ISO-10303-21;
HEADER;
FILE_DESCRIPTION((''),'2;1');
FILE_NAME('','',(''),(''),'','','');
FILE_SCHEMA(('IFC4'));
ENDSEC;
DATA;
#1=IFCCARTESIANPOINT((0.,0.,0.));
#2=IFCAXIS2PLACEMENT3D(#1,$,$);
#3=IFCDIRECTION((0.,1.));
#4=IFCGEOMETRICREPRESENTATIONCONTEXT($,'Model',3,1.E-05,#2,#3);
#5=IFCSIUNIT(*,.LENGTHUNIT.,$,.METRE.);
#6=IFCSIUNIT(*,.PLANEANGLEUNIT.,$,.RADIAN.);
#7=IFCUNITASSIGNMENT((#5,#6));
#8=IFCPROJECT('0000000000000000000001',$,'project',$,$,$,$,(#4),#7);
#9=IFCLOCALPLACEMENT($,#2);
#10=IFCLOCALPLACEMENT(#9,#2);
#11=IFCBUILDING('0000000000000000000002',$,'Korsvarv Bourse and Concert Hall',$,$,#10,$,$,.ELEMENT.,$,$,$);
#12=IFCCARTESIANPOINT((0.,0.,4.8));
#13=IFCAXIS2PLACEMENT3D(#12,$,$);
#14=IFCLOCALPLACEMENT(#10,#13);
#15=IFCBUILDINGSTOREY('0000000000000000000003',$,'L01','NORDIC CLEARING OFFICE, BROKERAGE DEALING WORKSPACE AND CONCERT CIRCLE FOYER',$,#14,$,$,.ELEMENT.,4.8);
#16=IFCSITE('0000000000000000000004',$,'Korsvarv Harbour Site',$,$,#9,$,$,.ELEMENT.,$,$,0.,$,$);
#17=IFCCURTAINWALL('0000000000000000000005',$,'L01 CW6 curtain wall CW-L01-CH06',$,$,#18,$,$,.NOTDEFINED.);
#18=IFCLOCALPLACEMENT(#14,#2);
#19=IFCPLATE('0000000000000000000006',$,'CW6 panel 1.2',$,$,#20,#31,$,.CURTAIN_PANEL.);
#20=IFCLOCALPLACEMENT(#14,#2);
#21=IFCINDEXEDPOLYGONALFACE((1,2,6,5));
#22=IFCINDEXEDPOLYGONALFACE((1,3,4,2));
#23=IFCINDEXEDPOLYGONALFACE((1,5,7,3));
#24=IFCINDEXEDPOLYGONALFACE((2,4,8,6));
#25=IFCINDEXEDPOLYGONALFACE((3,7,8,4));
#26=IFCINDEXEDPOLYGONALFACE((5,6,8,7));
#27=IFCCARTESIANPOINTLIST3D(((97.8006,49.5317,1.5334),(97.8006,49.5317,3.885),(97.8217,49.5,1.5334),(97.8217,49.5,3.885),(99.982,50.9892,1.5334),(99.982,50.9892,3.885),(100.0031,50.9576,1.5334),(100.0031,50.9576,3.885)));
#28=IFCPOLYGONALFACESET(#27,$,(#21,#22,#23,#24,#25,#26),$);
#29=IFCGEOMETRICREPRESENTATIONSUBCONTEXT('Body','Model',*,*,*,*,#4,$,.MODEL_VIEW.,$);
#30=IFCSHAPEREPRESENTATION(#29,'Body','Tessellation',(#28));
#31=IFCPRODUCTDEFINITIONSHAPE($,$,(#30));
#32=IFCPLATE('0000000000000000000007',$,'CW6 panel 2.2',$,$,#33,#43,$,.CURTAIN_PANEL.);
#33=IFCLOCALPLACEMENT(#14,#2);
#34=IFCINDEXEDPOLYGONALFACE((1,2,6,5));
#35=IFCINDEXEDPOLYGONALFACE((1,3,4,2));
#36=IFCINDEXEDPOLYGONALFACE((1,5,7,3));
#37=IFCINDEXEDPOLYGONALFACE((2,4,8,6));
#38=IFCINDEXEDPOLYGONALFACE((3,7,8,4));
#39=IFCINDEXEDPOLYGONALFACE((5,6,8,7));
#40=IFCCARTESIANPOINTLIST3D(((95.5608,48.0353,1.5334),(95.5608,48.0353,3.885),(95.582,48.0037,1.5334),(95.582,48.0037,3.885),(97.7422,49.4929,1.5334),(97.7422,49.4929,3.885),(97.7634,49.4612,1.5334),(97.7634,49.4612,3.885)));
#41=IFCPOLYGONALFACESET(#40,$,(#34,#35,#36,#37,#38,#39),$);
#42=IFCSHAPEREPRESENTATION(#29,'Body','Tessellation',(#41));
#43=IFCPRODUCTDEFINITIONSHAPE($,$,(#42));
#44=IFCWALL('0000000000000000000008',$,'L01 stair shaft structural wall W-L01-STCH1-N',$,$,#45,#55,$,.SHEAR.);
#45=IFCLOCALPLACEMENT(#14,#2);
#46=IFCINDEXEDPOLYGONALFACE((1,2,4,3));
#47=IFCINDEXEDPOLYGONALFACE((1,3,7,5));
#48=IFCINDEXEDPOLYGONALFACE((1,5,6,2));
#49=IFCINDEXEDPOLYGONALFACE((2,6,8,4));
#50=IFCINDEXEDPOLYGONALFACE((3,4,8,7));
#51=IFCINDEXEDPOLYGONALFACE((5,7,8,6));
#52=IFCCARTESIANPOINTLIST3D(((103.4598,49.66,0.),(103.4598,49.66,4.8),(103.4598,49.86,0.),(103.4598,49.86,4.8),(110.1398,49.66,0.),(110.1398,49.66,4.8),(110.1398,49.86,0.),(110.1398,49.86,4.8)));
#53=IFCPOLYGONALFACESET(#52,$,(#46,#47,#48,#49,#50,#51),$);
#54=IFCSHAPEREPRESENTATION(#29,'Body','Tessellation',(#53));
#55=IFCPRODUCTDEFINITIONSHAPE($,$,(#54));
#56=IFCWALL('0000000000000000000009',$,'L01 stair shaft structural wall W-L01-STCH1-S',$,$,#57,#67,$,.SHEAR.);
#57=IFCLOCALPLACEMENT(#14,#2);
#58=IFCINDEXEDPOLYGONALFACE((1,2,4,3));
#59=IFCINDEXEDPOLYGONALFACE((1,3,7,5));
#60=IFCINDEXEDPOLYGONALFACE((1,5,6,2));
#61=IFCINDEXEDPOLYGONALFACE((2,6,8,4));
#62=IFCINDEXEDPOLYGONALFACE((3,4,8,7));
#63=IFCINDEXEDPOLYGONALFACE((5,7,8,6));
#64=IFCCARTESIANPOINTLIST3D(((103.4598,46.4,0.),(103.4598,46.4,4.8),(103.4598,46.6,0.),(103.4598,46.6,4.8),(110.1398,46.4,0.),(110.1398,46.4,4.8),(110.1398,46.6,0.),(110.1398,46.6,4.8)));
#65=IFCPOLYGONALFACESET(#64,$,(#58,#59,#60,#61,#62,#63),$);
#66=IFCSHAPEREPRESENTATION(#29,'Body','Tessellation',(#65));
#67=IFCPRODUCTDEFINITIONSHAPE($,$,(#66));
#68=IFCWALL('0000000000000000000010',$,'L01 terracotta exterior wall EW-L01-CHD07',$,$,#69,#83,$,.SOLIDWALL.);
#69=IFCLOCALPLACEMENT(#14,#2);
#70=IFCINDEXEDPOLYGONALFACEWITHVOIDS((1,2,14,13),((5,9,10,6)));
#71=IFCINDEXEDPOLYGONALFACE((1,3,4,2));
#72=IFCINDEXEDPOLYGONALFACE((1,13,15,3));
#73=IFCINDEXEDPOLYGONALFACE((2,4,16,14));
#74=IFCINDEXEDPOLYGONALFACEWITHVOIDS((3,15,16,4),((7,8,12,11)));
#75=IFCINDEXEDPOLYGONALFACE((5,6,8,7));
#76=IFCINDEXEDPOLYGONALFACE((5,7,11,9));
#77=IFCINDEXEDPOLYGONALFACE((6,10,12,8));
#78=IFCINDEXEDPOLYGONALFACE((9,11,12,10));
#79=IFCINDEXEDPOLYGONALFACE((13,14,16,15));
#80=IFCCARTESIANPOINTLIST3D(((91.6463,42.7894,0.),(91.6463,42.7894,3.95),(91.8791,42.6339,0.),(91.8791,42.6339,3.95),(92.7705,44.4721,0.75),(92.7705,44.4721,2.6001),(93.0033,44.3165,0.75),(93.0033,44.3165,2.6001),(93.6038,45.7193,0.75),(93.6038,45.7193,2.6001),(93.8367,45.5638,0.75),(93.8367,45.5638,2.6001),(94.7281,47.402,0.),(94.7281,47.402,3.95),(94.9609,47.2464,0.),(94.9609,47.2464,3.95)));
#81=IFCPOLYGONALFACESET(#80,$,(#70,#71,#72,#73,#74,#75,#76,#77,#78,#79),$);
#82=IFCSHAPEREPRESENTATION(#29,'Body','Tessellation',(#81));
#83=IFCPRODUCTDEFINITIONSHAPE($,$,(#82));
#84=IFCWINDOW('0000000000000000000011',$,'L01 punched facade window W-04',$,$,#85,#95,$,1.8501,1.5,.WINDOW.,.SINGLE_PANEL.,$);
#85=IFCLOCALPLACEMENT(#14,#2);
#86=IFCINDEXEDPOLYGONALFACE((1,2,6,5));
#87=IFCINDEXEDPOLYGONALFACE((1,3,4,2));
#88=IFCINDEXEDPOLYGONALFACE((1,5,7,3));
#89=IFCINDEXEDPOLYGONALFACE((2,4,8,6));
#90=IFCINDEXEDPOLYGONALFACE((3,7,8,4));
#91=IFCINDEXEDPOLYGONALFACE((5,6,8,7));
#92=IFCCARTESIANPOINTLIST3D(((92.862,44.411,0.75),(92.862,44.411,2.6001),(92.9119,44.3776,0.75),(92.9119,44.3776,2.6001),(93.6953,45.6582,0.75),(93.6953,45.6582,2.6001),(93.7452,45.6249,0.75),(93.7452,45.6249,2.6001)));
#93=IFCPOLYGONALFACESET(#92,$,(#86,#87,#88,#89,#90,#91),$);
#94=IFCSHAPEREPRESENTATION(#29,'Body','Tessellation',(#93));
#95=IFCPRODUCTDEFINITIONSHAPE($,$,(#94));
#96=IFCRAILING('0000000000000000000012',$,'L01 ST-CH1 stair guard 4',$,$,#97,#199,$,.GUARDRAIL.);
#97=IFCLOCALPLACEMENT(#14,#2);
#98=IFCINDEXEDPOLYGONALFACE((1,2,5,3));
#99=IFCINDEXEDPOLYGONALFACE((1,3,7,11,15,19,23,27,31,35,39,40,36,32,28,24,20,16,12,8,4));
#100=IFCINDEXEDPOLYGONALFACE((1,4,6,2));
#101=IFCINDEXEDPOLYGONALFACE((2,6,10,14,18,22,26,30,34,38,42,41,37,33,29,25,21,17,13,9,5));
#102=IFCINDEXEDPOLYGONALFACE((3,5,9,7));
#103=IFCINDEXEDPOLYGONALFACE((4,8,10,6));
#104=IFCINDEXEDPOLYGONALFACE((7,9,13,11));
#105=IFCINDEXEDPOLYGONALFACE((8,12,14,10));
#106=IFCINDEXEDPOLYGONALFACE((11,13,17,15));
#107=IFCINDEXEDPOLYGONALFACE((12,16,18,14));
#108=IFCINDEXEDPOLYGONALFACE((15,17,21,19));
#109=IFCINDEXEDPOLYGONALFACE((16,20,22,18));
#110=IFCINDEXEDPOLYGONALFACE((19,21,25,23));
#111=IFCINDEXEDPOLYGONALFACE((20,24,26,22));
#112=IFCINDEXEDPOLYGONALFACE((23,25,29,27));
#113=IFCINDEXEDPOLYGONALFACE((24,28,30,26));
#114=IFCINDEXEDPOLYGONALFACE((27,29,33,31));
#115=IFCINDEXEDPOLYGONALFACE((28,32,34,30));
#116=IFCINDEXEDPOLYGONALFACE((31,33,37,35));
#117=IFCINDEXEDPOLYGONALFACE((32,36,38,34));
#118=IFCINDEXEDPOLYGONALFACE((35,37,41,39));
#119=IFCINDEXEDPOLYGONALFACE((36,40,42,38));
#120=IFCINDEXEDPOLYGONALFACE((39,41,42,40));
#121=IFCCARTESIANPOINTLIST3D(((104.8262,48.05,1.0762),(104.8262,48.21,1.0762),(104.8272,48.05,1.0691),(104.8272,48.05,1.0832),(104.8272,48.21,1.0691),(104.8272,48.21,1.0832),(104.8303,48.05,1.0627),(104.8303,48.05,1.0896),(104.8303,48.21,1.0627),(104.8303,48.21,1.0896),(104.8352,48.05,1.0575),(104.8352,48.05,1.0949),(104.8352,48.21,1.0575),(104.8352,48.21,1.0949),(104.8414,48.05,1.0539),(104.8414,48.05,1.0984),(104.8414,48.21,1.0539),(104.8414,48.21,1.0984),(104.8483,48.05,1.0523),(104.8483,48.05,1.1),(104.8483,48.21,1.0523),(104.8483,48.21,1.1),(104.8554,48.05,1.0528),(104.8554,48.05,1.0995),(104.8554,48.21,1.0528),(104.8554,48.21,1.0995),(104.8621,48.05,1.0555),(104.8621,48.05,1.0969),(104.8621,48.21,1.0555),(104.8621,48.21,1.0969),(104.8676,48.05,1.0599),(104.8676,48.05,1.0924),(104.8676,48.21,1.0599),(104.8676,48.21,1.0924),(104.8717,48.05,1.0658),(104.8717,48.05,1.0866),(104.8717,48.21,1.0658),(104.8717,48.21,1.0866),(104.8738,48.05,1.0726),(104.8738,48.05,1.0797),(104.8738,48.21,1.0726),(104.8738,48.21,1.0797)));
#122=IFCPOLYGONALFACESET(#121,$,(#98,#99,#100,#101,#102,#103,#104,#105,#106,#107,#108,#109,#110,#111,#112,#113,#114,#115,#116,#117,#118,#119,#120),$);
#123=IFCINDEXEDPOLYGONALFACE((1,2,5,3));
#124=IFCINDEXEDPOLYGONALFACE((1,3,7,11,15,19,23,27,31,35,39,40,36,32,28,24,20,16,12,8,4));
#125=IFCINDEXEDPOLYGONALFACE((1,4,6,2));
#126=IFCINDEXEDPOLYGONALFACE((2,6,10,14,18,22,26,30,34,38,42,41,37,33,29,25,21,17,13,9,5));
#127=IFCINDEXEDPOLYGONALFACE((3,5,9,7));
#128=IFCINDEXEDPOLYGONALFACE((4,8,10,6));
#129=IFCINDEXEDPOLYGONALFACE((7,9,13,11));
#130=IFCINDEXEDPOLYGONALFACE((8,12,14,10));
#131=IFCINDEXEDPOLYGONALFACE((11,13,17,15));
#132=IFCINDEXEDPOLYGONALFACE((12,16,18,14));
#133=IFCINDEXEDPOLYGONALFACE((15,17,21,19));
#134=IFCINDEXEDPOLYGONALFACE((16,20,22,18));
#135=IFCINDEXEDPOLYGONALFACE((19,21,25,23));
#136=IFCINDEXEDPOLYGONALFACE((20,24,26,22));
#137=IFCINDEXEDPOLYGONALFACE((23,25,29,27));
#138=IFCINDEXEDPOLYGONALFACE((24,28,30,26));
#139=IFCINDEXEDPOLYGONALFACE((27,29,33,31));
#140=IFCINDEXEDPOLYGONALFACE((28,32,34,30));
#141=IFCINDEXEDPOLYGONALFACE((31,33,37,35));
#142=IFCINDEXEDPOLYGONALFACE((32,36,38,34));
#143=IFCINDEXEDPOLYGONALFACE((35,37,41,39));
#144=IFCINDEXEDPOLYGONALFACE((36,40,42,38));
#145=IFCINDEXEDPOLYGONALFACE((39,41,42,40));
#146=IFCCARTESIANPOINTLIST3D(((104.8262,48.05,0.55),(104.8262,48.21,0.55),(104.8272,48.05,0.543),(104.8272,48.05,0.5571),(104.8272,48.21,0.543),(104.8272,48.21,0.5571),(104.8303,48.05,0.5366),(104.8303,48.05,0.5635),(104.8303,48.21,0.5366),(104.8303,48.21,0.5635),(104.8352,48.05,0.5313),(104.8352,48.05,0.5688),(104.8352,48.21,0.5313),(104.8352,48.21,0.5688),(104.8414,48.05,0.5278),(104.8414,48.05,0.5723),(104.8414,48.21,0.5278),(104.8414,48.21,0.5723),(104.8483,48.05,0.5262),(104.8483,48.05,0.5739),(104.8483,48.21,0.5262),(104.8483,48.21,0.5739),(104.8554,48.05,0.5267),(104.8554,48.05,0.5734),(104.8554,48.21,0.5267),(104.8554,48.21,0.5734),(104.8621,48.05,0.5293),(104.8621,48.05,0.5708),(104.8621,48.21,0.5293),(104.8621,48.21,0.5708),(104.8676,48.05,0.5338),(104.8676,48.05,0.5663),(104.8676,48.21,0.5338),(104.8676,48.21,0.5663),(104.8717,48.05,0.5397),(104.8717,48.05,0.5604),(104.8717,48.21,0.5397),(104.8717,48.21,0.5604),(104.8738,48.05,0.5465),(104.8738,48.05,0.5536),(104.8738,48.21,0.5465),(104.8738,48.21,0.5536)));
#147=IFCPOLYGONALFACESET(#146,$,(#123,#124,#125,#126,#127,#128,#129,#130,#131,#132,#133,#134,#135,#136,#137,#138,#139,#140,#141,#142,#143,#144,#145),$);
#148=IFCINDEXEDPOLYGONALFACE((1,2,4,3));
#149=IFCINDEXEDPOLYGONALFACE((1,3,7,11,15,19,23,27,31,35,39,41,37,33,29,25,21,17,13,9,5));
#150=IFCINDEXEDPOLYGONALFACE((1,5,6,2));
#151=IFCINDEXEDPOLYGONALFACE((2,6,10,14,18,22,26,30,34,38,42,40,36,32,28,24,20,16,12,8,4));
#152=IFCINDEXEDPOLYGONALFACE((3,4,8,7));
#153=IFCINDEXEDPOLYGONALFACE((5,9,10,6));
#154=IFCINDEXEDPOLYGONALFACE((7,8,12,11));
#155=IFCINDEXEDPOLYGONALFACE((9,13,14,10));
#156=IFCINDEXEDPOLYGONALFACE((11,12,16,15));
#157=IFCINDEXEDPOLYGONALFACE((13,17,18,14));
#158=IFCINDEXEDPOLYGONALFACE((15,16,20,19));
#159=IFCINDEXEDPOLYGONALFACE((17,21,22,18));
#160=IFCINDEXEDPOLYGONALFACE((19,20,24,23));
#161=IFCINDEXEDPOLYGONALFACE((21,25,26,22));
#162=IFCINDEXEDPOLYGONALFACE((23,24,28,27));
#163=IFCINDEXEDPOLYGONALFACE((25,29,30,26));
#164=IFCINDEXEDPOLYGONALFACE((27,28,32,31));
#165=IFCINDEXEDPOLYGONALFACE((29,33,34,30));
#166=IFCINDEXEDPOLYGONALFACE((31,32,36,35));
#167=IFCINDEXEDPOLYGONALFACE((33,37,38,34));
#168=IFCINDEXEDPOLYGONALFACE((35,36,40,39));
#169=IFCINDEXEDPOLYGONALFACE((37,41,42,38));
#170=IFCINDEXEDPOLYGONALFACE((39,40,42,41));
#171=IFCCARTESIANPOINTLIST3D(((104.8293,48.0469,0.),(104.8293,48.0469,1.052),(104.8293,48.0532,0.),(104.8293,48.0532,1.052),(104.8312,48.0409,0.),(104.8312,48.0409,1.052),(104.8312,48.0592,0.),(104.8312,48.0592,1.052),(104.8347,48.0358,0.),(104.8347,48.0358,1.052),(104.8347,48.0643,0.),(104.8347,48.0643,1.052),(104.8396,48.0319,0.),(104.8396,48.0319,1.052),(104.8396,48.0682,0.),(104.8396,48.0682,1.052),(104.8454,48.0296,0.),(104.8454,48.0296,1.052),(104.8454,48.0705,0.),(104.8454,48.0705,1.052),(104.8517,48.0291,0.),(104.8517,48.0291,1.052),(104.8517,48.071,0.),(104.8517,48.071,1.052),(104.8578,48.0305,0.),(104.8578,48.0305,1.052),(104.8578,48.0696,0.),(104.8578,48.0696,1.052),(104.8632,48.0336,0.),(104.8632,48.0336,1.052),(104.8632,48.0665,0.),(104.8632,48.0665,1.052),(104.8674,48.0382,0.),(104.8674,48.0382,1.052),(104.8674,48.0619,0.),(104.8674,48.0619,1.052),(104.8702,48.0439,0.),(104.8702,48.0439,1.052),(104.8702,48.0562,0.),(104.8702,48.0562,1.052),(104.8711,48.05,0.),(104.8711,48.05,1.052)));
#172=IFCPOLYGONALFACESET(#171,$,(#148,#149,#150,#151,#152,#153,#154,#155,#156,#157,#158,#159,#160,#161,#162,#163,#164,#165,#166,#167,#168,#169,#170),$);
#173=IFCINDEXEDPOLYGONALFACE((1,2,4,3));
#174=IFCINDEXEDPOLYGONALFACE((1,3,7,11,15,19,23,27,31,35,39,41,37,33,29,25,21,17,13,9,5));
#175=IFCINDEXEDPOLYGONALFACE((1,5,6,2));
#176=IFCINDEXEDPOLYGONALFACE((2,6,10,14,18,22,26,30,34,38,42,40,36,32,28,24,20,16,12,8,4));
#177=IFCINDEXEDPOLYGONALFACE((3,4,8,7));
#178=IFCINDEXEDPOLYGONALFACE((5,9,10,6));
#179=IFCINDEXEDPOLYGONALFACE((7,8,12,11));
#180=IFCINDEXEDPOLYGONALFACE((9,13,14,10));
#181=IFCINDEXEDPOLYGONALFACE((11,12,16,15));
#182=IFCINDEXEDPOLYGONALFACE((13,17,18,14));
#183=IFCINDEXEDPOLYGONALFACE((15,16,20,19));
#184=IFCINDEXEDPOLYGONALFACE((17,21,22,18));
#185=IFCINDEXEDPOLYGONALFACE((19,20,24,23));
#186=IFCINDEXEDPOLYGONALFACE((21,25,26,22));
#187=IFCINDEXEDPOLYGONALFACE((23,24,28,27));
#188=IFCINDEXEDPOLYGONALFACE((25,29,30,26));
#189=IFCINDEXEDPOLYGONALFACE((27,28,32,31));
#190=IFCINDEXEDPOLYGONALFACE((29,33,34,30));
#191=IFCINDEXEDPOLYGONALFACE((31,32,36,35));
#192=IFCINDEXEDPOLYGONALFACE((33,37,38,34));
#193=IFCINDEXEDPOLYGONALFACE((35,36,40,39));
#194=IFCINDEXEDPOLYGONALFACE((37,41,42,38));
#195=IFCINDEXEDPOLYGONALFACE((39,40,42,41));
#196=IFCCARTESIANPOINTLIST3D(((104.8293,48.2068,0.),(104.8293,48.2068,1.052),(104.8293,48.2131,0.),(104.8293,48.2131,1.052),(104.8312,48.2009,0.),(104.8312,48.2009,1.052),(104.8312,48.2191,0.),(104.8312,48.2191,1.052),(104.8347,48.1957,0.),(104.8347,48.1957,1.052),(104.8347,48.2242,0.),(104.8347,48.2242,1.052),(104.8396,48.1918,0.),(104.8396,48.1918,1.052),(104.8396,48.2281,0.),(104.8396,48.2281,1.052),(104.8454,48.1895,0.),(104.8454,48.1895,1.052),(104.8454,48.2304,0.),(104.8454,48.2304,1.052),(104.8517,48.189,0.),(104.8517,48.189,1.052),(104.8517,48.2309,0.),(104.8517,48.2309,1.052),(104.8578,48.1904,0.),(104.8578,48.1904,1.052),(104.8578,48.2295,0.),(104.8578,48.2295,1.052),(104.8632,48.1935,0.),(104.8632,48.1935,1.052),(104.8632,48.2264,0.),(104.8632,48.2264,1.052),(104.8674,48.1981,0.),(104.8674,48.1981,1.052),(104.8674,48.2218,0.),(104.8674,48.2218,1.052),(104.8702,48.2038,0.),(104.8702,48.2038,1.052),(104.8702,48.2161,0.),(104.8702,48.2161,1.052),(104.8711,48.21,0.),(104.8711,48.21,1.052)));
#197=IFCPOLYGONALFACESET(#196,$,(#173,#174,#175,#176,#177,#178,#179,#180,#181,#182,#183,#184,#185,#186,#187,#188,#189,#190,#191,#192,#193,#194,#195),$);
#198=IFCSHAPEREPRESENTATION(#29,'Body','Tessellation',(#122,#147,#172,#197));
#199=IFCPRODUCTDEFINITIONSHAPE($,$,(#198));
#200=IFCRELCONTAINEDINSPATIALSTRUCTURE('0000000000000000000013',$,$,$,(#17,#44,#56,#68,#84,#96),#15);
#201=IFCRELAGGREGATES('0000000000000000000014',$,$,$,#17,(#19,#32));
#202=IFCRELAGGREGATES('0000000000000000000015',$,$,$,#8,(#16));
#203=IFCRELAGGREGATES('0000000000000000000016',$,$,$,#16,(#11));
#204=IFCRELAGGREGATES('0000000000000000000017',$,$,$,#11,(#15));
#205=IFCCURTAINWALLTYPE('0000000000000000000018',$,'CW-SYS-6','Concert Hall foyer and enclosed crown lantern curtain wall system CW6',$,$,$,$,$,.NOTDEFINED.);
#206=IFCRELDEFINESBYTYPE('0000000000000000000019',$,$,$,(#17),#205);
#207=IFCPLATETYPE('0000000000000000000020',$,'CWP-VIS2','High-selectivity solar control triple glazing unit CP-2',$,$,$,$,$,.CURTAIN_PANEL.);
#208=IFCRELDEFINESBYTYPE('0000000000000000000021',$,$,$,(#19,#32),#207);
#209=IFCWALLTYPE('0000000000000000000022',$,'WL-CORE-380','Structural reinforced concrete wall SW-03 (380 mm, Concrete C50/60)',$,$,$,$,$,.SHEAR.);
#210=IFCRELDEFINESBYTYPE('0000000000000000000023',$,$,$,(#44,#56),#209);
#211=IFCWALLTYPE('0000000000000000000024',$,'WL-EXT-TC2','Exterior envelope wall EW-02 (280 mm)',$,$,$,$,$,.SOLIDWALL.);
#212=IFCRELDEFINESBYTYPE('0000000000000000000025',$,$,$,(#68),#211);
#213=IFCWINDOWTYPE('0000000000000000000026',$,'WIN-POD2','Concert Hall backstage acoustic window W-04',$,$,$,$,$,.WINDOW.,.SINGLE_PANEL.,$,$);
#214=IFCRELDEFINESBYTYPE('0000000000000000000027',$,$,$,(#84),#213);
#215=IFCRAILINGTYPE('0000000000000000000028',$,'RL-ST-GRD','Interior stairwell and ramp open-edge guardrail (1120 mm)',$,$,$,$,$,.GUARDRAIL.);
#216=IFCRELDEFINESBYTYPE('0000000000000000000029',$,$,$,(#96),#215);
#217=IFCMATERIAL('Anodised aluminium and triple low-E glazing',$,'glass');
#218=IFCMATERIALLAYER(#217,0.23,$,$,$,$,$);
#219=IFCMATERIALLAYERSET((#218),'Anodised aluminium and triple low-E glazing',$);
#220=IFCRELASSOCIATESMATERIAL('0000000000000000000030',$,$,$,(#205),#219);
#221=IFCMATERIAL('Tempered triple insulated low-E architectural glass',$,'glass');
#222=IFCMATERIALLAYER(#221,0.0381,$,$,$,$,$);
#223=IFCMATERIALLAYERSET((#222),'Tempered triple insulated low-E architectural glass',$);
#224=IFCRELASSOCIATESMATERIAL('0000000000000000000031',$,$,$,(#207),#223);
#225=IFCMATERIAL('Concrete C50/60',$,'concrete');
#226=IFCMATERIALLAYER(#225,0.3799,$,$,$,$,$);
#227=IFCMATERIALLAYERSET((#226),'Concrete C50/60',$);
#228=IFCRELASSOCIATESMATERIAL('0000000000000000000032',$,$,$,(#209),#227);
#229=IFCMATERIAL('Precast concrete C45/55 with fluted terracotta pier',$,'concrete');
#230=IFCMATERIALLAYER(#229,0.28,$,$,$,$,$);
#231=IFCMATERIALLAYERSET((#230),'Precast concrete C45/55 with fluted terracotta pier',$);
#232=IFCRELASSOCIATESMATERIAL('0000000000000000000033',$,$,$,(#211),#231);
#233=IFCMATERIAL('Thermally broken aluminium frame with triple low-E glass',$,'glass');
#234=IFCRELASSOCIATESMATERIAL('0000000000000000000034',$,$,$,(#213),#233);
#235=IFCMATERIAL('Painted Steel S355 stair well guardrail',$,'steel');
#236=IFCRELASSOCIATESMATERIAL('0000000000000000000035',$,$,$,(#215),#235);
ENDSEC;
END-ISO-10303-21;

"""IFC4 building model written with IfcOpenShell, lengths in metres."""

from ifc_helpers import new_model, si_unit, direction, frame, frame_2d, origin, origin_2d, place, context, subcontext, project, spatial, rectangle, circle, extrude, source, transform, mapped, material, layer, layer_set, type_object, element, fill, aggregate, save


model = new_model("IFC4")

# Units and contexts
model_context = context("Model", 3, precision=1e-05, world=origin(), true_north=direction((0.0, 1.0)))
body_context = subcontext(model_context, "Body", "Model", "MODEL_VIEW")
ifc_project = project(units=[si_unit("LENGTHUNIT", "METRE"), si_unit("PLANEANGLEUNIT", "RADIAN")], contexts=[model_context])

# Site, building, storey
site_placement = place(None, origin())
site = spatial("IfcSite", under=ifc_project, at=site_placement, Name="Korsvarv Harbour Site", CompositionType="ELEMENT", RefElevation=0.0)
building_placement = place(site_placement, origin())
building = spatial("IfcBuilding", under=site, at=building_placement, Name="Korsvarv Bourse and Concert Hall", CompositionType="ELEMENT")
storey_placement = place(building_placement, frame((0.0, 0.0, 4.8)))
storey = spatial("IfcBuildingStorey", under=building, at=storey_placement, Name="L01", Description="NORDIC CLEARING OFFICE, BROKERAGE DEALING WORKSPACE AND CONCERT CIRCLE FOYER", CompositionType="ELEMENT", Elevation=4.8)

# Shared definitions
ifc_material_1 = material(Name="Concrete C50/60", Category="concrete")

# Curtain wall, plates
ifc_material_2 = material(Name="Anodised aluminium and triple low-E glazing", Category="glass")
ifc_layer_1 = layer(ifc_material_2, 0.23)
ifc_layer_set_1 = layer_set([ifc_layer_1], Name="Anodised aluminium and triple low-E glazing")
curtain_wall_type = type_object("IfcCurtainWallType", Name="CW-SYS-6", Description="Concert Hall foyer and enclosed crown lantern curtain wall system CW6", PredefinedType="NOTDEFINED", material=ifc_layer_set_1)
curtain_wall_placement = place(storey_placement, origin())
curtain_wall = element("IfcCurtainWall", 1, at=curtain_wall_placement, inside=storey, type_object=curtain_wall_type, Name="L01 CW6 curtain wall CW-L01-CH06", PredefinedType="NOTDEFINED")
ifc_material_3 = material(Name="Tempered triple insulated low-E architectural glass", Category="glass")
ifc_layer_2 = layer(ifc_material_3, 0.0381)
ifc_layer_set_2 = layer_set([ifc_layer_2], Name="Tempered triple insulated low-E architectural glass")
plate_type = type_object("IfcPlateType", Name="CWP-VIS2", Description="High-selectivity solar control triple glazing unit CP-2", PredefinedType="CURTAIN_PANEL", material=ifc_layer_set_2)
shared_shape_1 = source(origin(), body_context, "Body", "SweptSolid", [
    extrude(rectangle(XDim=2.6235, YDim=0.0381, at=origin_2d()), origin(), (0.0, 0.0, 1.0), 2.3516),
])
plate_1_placement = place(storey_placement, frame((98.9019, 50.2446, 1.5334), z_axis=(0.0, 0.0, 1.0), x_axis=(-0.831469, -0.555571, 0.0)))
plate_1 = element("IfcPlate", 2, at=plate_1_placement, type_object=plate_type, Name="CW6 panel 1.2", PredefinedType="CURTAIN_PANEL", context=body_context, shape_type="MappedRepresentation", body=[
    mapped(shared_shape_1, transform((0.0, 0.0, 0.0), scale=1.0)),
])
plate_2_placement = place(storey_placement, frame((96.6621, 48.7483, 1.5334), z_axis=(0.0, 0.0, 1.0), x_axis=(-0.831469, -0.555571, 0.0)))
plate_2 = element("IfcPlate", 3, at=plate_2_placement, type_object=plate_type, Name="CW6 panel 2.2", PredefinedType="CURTAIN_PANEL", context=body_context, shape_type="MappedRepresentation", body=[
    mapped(shared_shape_1, transform((0.0, 0.0, 0.0), scale=1.0)),
])
aggregate(curtain_wall, [plate_1, plate_2])

# Walls
ifc_layer_3 = layer(ifc_material_1, 0.3799)
ifc_layer_set_3 = layer_set([ifc_layer_3], Name="Concrete C50/60")
wall_type_1 = type_object("IfcWallType", Name="WL-CORE-380", Description="Structural reinforced concrete wall SW-03 (380 mm, Concrete C50/60)", PredefinedType="SHEAR", material=ifc_layer_set_3)
for number, where, z_axis, x_axis, name in (
    (4, (103.46, 49.76, 0.0), (0.0, 0.0, 1.0), (1.0, 0.0, 0.0), "L01 stair shaft structural wall W-L01-STCH1-N"),
    (5, (103.46, 46.5, 0.0), (0.0, 0.0, 1.0), (1.0, 0.0, 0.0), "L01 stair shaft structural wall W-L01-STCH1-S"),
):
    element("IfcWall", number, at=place(storey_placement, frame(where, z_axis=z_axis, x_axis=x_axis)), inside=storey, type_object=wall_type_1, Name=name, PredefinedType="SHEAR", context=body_context, shape_type="SweptSolid", body=[
        extrude(rectangle(XDim=6.6799, YDim=0.2, at=frame_2d((3.3398, 0.0))), origin(), (0.0, 0.0, 1.0), 4.8),
    ])

# Wall, opening, window
ifc_material_4 = material(Name="Precast concrete C45/55 with fluted terracotta pier", Category="concrete")
ifc_layer_4 = layer(ifc_material_4, 0.28)
ifc_layer_set_4 = layer_set([ifc_layer_4], Name="Precast concrete C45/55 with fluted terracotta pier")
wall_type_2 = type_object("IfcWallType", Name="WL-EXT-TC2", Description="Exterior envelope wall EW-02 (280 mm)", PredefinedType="SOLIDWALL", material=ifc_layer_set_4)
wall_placement = place(storey_placement, frame((94.8445, 47.3242, 0.0), z_axis=(0.0, 0.0, 1.0), x_axis=(-0.555543, -0.831488, 0.0)))
wall = element("IfcWall", 6, at=wall_placement, inside=storey, type_object=wall_type_2, Name="L01 terracotta exterior wall EW-L01-CHD07", PredefinedType="SOLIDWALL", context=body_context, shape_type="SweptSolid", body=[
    extrude(rectangle(XDim=5.5474, YDim=0.28, at=frame_2d((2.7737, 0.0))), origin(), (0.0, 0.0, 1.0), 3.95),
])
opening_placement = place(wall_placement, frame((2.0237, 0.0, 0.75)))
opening = element("IfcOpeningElement", 7, at=opening_placement, cuts=wall, PredefinedType="OPENING", context=body_context, shape_type="SweptSolid", body=[
    extrude(rectangle(XDim=1.5, YDim=1.8501, at=frame_2d((0.75, 0.925))), frame((0.0, 0.1499, 0.0), z_axis=(0.0, -1.0, 0.0), x_axis=(1.0, 0.0, 0.0)), (0.0, 0.0, 1.0), 0.3),
])
ifc_material_5 = material(Name="Thermally broken aluminium frame with triple low-E glass", Category="glass")
window_type = type_object("IfcWindowType", Name="WIN-POD2", Description="Concert Hall backstage acoustic window W-04", PartitioningType="SINGLE_PANEL", PredefinedType="WINDOW", material=ifc_material_5)
window_placement = place(opening_placement, origin())
window = element("IfcWindow", 8, at=window_placement, inside=storey, type_object=window_type, Name="L01 punched facade window W-04", OverallHeight=1.8501, OverallWidth=1.5, PartitioningType="SINGLE_PANEL", PredefinedType="WINDOW", context=body_context, shape_type="SweptSolid", body=[
    extrude(rectangle(XDim=1.5, YDim=1.8501, at=frame_2d((0.75, 0.925))), frame((0.0, 0.03, 0.0), z_axis=(0.0, -1.0, 0.0), x_axis=(1.0, 0.0, 0.0)), (0.0, 0.0, 1.0), 0.0601),
])
fill(opening, window)

# Railing
ifc_material_6 = material(Name="Painted Steel S355 stair well guardrail", Category="steel")
railing_type = type_object("IfcRailingType", Name="RL-ST-GRD", Description="Interior stairwell and ramp open-edge guardrail (1120 mm)", PredefinedType="GUARDRAIL", material=ifc_material_6)
railing_placement = place(storey_placement, frame((104.8501, 48.05, 0.0)))
element("IfcRailing", 9, at=railing_placement, inside=storey, type_object=railing_type, Name="L01 ST-CH1 stair guard 4", PredefinedType="GUARDRAIL", context=body_context, shape_type="SweptSolid", body=[
    extrude(circle(Radius=0.0239, at=origin_2d()), frame((0.0, 0.0, 1.0762), z_axis=(0.0, 1.0, 0.0), x_axis=(-1.0, 0.0, 0.0)), (0.0, 0.0, 1.0), 0.1599),
    extrude(circle(Radius=0.0239, at=origin_2d()), frame((0.0, 0.0, 0.55), z_axis=(0.0, 1.0, 0.0), x_axis=(-1.0, 0.0, 0.0)), (0.0, 0.0, 1.0), 0.1599),
    extrude(circle(Radius=0.021, at=origin_2d()), origin(), (0.0, 0.0, 1.0), 1.052),
    extrude(circle(Radius=0.021, at=origin_2d()), frame((0.0, 0.1599, 0.0)), (0.0, 0.0, 1.0), 1.052),
])

save(model, "model.ifc")
